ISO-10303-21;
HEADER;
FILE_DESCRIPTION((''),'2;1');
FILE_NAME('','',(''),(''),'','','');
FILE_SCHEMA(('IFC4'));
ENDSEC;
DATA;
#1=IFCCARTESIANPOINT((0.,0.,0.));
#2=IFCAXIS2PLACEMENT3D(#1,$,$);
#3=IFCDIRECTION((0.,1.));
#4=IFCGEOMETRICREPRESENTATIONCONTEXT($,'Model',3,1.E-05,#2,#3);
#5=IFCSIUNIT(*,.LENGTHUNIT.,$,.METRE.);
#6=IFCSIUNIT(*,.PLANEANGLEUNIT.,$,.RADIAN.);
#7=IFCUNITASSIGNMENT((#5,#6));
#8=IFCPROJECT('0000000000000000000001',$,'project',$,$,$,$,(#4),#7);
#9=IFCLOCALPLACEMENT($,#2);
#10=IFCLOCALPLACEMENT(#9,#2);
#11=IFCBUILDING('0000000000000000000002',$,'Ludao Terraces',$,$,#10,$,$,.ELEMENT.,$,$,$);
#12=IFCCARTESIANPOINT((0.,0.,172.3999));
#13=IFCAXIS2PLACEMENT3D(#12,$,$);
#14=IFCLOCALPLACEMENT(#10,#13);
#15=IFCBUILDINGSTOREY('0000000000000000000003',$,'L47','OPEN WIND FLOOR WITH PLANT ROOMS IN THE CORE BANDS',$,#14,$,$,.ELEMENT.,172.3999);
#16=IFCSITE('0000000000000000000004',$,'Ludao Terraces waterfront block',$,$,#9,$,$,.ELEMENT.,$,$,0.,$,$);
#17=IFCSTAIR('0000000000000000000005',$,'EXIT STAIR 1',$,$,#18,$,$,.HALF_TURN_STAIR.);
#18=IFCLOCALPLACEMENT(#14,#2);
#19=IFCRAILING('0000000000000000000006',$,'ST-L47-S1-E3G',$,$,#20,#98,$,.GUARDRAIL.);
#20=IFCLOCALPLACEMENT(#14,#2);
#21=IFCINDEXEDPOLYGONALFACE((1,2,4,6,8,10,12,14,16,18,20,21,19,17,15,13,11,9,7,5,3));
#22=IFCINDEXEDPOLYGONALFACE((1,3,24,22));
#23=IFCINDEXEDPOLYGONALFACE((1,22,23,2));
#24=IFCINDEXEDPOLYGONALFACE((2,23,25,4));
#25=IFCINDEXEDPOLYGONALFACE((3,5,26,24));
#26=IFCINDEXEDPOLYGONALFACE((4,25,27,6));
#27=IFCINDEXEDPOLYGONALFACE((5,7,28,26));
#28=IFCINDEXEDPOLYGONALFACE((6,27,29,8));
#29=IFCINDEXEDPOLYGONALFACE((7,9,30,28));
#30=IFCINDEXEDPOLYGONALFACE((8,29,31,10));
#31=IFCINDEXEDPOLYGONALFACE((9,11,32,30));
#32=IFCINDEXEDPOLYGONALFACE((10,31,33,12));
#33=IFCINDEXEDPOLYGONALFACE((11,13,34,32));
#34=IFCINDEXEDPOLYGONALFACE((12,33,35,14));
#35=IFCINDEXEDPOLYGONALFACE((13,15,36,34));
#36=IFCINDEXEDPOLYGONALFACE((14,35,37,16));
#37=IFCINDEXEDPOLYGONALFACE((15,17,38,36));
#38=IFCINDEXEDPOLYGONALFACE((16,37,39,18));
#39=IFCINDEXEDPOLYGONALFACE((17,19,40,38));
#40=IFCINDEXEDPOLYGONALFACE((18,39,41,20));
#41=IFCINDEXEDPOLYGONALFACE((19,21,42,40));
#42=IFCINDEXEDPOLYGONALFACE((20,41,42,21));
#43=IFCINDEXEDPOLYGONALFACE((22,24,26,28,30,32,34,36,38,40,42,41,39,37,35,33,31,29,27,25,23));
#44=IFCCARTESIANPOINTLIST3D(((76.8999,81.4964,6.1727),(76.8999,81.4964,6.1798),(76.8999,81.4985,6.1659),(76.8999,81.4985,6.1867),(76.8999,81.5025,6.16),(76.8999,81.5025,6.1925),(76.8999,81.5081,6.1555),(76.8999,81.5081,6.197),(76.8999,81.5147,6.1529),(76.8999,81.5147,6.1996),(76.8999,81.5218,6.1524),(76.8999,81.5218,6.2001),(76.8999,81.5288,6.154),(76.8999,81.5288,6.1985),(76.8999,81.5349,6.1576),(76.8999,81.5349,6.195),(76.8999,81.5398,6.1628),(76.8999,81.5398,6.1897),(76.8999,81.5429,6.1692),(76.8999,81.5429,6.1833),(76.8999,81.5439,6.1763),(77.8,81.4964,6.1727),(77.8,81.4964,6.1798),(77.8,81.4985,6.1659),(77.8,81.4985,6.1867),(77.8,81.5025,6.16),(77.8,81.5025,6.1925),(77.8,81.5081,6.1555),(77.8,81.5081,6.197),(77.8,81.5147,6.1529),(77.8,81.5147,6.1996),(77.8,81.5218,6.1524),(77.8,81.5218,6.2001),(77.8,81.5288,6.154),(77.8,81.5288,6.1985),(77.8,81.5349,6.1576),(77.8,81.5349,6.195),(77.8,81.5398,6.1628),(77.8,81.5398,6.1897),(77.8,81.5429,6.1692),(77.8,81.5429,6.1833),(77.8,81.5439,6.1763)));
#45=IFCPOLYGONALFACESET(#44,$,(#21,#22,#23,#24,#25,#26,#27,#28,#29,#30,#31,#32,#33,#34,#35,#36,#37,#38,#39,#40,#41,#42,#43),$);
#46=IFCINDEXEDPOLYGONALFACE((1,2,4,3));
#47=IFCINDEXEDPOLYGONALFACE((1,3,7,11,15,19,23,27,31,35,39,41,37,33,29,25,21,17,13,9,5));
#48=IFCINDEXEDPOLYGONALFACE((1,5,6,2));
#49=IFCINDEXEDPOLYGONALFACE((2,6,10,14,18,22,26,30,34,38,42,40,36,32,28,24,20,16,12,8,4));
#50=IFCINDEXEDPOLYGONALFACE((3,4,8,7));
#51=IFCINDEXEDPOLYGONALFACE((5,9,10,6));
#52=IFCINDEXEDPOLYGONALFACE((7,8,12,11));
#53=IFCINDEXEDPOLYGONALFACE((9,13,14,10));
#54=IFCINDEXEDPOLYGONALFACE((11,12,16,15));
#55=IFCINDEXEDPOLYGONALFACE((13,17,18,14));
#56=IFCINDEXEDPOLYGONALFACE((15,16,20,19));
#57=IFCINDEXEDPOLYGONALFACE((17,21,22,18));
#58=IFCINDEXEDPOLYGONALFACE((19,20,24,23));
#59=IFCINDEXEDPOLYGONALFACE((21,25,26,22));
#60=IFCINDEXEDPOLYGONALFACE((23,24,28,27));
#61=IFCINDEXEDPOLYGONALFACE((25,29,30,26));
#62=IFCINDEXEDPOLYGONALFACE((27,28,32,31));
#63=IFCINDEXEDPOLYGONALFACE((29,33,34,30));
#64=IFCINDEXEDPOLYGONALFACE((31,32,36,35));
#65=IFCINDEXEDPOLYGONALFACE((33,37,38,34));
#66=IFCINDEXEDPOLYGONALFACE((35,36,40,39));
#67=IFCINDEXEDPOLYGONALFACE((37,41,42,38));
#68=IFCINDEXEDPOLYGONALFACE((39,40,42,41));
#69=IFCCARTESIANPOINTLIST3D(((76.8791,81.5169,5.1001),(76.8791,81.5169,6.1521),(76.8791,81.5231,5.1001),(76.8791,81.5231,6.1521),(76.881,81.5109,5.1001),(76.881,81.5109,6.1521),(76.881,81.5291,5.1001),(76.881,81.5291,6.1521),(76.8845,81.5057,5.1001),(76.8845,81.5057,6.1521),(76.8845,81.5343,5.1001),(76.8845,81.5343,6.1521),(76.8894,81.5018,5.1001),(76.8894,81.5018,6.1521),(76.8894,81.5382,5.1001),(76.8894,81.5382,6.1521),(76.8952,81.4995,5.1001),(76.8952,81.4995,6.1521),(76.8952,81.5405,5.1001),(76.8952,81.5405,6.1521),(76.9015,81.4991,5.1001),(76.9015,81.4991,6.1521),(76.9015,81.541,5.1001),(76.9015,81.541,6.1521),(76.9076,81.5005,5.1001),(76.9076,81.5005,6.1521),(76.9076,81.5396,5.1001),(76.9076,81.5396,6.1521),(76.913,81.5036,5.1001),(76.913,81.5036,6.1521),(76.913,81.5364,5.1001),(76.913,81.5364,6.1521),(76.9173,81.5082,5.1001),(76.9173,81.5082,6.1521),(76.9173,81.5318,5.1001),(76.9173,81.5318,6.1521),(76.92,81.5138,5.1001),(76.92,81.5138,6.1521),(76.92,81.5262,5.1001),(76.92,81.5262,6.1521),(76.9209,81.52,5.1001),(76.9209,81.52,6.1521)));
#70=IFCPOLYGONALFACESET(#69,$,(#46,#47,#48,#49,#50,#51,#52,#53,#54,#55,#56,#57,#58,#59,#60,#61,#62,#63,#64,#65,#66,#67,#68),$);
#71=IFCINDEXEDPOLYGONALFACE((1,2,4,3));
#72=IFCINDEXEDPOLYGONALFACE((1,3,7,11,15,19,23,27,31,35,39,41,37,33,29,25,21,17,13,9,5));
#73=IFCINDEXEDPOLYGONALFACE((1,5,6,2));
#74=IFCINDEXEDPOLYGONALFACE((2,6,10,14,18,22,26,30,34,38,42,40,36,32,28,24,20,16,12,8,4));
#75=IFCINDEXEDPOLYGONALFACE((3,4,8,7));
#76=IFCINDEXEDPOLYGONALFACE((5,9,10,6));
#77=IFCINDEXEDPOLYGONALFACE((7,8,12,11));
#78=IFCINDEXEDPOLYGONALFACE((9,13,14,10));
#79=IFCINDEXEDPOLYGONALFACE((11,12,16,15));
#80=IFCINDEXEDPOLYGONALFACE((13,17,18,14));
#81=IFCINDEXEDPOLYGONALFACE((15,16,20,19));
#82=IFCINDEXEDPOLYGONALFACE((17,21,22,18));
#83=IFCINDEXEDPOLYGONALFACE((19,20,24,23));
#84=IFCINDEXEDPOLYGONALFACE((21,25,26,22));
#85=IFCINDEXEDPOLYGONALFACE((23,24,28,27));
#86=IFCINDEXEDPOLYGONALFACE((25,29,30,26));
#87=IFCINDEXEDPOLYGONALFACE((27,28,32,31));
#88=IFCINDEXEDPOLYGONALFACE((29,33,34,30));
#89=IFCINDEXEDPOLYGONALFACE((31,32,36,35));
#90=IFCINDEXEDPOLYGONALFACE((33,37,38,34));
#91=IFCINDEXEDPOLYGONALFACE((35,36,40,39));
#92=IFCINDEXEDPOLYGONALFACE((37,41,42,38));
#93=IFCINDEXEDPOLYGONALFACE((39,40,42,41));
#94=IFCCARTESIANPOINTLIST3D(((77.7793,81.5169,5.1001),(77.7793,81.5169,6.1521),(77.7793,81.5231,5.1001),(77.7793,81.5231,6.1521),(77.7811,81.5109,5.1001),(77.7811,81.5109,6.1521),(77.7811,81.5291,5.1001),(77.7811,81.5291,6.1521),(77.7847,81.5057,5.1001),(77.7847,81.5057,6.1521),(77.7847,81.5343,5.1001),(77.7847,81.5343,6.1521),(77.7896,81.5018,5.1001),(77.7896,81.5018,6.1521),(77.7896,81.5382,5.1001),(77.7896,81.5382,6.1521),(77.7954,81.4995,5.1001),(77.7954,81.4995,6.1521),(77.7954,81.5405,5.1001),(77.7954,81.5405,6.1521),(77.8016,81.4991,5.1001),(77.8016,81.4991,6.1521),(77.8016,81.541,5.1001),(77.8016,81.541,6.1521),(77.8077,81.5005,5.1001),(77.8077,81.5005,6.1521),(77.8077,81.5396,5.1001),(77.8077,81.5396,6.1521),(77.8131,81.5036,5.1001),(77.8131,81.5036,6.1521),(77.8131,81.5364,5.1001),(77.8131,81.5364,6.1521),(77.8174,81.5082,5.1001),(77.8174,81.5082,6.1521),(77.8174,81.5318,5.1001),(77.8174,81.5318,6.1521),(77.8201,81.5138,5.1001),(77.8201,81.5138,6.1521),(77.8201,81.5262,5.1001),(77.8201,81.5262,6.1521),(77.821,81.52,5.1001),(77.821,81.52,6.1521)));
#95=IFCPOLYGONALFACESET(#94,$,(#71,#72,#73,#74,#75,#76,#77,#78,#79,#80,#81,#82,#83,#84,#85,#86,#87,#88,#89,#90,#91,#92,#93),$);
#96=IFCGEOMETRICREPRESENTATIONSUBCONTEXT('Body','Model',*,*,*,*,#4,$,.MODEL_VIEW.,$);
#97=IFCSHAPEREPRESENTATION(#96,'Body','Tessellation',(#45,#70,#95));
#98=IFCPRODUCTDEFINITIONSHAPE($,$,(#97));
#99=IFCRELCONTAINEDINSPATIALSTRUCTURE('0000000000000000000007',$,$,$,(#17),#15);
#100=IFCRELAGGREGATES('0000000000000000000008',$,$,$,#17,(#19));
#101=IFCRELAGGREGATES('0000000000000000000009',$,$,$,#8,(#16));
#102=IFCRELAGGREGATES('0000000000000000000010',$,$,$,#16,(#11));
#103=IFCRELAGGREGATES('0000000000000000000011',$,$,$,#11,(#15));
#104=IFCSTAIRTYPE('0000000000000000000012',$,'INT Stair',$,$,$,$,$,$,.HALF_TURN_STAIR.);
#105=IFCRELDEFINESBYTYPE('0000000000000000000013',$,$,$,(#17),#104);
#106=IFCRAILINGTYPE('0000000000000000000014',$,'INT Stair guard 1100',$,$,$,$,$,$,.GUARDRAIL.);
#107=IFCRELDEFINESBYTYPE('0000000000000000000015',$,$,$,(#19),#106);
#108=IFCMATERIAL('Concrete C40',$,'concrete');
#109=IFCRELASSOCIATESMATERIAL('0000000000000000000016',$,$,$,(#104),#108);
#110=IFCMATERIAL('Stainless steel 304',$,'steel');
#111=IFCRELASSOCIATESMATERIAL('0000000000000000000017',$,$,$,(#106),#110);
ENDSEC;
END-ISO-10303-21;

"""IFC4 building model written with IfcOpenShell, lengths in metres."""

from ifc_helpers import new_model, si_unit, direction, frame, origin, origin_2d, place, context, subcontext, project, spatial, circle, extrude, material, type_object, element, aggregate, save


model = new_model("IFC4")

# Units and contexts
model_context = context("Model", 3, precision=1e-05, world=origin(), true_north=direction((0.0, 1.0)))
body_context = subcontext(model_context, "Body", "Model", "MODEL_VIEW")
ifc_project = project(units=[si_unit("LENGTHUNIT", "METRE"), si_unit("PLANEANGLEUNIT", "RADIAN")], contexts=[model_context])

# Site, building, storey
site_placement = place(None, origin())
site = spatial("IfcSite", under=ifc_project, at=site_placement, Name="Ludao Terraces waterfront block", CompositionType="ELEMENT", RefElevation=0.0)
building_placement = place(site_placement, origin())
building = spatial("IfcBuilding", under=site, at=building_placement, Name="Ludao Terraces", CompositionType="ELEMENT")
storey_placement = place(building_placement, frame((0.0, 0.0, 172.3999)))
storey = spatial("IfcBuildingStorey", under=building, at=storey_placement, Name="L47", Description="OPEN WIND FLOOR WITH PLANT ROOMS IN THE CORE BANDS", CompositionType="ELEMENT", Elevation=172.3999)

# Shared definitions
ifc_material_1 = material(Name="Stainless steel 304", Category="steel")

# Stair, railing
ifc_material_2 = material(Name="Concrete C40", Category="concrete")
stair_type = type_object("IfcStairType", Name="INT Stair", PredefinedType="HALF_TURN_STAIR", material=ifc_material_2)
stair_placement = place(storey_placement, origin())
stair = element("IfcStair", 1, at=stair_placement, inside=storey, type_object=stair_type, Name="EXIT STAIR 1", PredefinedType="HALF_TURN_STAIR")
railing_type_1 = type_object("IfcRailingType", Name="INT Stair guard 1100", PredefinedType="GUARDRAIL", material=ifc_material_1)
railing_1_placement = place(storey_placement, frame((76.8999, 81.52, 5.1001)))
railing_1 = element("IfcRailing", 2, at=railing_1_placement, type_object=railing_type_1, Name="ST-L47-S1-E3G", PredefinedType="GUARDRAIL", context=body_context, shape_type="SweptSolid", body=[
    extrude(circle(Radius=0.0239, at=origin_2d()), frame((0.0, 0.0, 1.0762), z_axis=(1.0, 0.0, 0.0), x_axis=(0.0, 1.0, 0.0)), (0.0, 0.0, 1.0), 0.9001),
    extrude(circle(Radius=0.021, at=origin_2d()), origin(), (0.0, 0.0, 1.0), 1.052),
    extrude(circle(Radius=0.021, at=origin_2d()), frame((0.9001, 0.0, 0.0)), (0.0, 0.0, 1.0), 1.052),
])
aggregate(stair, [railing_1])

save(model, "model.ifc")
